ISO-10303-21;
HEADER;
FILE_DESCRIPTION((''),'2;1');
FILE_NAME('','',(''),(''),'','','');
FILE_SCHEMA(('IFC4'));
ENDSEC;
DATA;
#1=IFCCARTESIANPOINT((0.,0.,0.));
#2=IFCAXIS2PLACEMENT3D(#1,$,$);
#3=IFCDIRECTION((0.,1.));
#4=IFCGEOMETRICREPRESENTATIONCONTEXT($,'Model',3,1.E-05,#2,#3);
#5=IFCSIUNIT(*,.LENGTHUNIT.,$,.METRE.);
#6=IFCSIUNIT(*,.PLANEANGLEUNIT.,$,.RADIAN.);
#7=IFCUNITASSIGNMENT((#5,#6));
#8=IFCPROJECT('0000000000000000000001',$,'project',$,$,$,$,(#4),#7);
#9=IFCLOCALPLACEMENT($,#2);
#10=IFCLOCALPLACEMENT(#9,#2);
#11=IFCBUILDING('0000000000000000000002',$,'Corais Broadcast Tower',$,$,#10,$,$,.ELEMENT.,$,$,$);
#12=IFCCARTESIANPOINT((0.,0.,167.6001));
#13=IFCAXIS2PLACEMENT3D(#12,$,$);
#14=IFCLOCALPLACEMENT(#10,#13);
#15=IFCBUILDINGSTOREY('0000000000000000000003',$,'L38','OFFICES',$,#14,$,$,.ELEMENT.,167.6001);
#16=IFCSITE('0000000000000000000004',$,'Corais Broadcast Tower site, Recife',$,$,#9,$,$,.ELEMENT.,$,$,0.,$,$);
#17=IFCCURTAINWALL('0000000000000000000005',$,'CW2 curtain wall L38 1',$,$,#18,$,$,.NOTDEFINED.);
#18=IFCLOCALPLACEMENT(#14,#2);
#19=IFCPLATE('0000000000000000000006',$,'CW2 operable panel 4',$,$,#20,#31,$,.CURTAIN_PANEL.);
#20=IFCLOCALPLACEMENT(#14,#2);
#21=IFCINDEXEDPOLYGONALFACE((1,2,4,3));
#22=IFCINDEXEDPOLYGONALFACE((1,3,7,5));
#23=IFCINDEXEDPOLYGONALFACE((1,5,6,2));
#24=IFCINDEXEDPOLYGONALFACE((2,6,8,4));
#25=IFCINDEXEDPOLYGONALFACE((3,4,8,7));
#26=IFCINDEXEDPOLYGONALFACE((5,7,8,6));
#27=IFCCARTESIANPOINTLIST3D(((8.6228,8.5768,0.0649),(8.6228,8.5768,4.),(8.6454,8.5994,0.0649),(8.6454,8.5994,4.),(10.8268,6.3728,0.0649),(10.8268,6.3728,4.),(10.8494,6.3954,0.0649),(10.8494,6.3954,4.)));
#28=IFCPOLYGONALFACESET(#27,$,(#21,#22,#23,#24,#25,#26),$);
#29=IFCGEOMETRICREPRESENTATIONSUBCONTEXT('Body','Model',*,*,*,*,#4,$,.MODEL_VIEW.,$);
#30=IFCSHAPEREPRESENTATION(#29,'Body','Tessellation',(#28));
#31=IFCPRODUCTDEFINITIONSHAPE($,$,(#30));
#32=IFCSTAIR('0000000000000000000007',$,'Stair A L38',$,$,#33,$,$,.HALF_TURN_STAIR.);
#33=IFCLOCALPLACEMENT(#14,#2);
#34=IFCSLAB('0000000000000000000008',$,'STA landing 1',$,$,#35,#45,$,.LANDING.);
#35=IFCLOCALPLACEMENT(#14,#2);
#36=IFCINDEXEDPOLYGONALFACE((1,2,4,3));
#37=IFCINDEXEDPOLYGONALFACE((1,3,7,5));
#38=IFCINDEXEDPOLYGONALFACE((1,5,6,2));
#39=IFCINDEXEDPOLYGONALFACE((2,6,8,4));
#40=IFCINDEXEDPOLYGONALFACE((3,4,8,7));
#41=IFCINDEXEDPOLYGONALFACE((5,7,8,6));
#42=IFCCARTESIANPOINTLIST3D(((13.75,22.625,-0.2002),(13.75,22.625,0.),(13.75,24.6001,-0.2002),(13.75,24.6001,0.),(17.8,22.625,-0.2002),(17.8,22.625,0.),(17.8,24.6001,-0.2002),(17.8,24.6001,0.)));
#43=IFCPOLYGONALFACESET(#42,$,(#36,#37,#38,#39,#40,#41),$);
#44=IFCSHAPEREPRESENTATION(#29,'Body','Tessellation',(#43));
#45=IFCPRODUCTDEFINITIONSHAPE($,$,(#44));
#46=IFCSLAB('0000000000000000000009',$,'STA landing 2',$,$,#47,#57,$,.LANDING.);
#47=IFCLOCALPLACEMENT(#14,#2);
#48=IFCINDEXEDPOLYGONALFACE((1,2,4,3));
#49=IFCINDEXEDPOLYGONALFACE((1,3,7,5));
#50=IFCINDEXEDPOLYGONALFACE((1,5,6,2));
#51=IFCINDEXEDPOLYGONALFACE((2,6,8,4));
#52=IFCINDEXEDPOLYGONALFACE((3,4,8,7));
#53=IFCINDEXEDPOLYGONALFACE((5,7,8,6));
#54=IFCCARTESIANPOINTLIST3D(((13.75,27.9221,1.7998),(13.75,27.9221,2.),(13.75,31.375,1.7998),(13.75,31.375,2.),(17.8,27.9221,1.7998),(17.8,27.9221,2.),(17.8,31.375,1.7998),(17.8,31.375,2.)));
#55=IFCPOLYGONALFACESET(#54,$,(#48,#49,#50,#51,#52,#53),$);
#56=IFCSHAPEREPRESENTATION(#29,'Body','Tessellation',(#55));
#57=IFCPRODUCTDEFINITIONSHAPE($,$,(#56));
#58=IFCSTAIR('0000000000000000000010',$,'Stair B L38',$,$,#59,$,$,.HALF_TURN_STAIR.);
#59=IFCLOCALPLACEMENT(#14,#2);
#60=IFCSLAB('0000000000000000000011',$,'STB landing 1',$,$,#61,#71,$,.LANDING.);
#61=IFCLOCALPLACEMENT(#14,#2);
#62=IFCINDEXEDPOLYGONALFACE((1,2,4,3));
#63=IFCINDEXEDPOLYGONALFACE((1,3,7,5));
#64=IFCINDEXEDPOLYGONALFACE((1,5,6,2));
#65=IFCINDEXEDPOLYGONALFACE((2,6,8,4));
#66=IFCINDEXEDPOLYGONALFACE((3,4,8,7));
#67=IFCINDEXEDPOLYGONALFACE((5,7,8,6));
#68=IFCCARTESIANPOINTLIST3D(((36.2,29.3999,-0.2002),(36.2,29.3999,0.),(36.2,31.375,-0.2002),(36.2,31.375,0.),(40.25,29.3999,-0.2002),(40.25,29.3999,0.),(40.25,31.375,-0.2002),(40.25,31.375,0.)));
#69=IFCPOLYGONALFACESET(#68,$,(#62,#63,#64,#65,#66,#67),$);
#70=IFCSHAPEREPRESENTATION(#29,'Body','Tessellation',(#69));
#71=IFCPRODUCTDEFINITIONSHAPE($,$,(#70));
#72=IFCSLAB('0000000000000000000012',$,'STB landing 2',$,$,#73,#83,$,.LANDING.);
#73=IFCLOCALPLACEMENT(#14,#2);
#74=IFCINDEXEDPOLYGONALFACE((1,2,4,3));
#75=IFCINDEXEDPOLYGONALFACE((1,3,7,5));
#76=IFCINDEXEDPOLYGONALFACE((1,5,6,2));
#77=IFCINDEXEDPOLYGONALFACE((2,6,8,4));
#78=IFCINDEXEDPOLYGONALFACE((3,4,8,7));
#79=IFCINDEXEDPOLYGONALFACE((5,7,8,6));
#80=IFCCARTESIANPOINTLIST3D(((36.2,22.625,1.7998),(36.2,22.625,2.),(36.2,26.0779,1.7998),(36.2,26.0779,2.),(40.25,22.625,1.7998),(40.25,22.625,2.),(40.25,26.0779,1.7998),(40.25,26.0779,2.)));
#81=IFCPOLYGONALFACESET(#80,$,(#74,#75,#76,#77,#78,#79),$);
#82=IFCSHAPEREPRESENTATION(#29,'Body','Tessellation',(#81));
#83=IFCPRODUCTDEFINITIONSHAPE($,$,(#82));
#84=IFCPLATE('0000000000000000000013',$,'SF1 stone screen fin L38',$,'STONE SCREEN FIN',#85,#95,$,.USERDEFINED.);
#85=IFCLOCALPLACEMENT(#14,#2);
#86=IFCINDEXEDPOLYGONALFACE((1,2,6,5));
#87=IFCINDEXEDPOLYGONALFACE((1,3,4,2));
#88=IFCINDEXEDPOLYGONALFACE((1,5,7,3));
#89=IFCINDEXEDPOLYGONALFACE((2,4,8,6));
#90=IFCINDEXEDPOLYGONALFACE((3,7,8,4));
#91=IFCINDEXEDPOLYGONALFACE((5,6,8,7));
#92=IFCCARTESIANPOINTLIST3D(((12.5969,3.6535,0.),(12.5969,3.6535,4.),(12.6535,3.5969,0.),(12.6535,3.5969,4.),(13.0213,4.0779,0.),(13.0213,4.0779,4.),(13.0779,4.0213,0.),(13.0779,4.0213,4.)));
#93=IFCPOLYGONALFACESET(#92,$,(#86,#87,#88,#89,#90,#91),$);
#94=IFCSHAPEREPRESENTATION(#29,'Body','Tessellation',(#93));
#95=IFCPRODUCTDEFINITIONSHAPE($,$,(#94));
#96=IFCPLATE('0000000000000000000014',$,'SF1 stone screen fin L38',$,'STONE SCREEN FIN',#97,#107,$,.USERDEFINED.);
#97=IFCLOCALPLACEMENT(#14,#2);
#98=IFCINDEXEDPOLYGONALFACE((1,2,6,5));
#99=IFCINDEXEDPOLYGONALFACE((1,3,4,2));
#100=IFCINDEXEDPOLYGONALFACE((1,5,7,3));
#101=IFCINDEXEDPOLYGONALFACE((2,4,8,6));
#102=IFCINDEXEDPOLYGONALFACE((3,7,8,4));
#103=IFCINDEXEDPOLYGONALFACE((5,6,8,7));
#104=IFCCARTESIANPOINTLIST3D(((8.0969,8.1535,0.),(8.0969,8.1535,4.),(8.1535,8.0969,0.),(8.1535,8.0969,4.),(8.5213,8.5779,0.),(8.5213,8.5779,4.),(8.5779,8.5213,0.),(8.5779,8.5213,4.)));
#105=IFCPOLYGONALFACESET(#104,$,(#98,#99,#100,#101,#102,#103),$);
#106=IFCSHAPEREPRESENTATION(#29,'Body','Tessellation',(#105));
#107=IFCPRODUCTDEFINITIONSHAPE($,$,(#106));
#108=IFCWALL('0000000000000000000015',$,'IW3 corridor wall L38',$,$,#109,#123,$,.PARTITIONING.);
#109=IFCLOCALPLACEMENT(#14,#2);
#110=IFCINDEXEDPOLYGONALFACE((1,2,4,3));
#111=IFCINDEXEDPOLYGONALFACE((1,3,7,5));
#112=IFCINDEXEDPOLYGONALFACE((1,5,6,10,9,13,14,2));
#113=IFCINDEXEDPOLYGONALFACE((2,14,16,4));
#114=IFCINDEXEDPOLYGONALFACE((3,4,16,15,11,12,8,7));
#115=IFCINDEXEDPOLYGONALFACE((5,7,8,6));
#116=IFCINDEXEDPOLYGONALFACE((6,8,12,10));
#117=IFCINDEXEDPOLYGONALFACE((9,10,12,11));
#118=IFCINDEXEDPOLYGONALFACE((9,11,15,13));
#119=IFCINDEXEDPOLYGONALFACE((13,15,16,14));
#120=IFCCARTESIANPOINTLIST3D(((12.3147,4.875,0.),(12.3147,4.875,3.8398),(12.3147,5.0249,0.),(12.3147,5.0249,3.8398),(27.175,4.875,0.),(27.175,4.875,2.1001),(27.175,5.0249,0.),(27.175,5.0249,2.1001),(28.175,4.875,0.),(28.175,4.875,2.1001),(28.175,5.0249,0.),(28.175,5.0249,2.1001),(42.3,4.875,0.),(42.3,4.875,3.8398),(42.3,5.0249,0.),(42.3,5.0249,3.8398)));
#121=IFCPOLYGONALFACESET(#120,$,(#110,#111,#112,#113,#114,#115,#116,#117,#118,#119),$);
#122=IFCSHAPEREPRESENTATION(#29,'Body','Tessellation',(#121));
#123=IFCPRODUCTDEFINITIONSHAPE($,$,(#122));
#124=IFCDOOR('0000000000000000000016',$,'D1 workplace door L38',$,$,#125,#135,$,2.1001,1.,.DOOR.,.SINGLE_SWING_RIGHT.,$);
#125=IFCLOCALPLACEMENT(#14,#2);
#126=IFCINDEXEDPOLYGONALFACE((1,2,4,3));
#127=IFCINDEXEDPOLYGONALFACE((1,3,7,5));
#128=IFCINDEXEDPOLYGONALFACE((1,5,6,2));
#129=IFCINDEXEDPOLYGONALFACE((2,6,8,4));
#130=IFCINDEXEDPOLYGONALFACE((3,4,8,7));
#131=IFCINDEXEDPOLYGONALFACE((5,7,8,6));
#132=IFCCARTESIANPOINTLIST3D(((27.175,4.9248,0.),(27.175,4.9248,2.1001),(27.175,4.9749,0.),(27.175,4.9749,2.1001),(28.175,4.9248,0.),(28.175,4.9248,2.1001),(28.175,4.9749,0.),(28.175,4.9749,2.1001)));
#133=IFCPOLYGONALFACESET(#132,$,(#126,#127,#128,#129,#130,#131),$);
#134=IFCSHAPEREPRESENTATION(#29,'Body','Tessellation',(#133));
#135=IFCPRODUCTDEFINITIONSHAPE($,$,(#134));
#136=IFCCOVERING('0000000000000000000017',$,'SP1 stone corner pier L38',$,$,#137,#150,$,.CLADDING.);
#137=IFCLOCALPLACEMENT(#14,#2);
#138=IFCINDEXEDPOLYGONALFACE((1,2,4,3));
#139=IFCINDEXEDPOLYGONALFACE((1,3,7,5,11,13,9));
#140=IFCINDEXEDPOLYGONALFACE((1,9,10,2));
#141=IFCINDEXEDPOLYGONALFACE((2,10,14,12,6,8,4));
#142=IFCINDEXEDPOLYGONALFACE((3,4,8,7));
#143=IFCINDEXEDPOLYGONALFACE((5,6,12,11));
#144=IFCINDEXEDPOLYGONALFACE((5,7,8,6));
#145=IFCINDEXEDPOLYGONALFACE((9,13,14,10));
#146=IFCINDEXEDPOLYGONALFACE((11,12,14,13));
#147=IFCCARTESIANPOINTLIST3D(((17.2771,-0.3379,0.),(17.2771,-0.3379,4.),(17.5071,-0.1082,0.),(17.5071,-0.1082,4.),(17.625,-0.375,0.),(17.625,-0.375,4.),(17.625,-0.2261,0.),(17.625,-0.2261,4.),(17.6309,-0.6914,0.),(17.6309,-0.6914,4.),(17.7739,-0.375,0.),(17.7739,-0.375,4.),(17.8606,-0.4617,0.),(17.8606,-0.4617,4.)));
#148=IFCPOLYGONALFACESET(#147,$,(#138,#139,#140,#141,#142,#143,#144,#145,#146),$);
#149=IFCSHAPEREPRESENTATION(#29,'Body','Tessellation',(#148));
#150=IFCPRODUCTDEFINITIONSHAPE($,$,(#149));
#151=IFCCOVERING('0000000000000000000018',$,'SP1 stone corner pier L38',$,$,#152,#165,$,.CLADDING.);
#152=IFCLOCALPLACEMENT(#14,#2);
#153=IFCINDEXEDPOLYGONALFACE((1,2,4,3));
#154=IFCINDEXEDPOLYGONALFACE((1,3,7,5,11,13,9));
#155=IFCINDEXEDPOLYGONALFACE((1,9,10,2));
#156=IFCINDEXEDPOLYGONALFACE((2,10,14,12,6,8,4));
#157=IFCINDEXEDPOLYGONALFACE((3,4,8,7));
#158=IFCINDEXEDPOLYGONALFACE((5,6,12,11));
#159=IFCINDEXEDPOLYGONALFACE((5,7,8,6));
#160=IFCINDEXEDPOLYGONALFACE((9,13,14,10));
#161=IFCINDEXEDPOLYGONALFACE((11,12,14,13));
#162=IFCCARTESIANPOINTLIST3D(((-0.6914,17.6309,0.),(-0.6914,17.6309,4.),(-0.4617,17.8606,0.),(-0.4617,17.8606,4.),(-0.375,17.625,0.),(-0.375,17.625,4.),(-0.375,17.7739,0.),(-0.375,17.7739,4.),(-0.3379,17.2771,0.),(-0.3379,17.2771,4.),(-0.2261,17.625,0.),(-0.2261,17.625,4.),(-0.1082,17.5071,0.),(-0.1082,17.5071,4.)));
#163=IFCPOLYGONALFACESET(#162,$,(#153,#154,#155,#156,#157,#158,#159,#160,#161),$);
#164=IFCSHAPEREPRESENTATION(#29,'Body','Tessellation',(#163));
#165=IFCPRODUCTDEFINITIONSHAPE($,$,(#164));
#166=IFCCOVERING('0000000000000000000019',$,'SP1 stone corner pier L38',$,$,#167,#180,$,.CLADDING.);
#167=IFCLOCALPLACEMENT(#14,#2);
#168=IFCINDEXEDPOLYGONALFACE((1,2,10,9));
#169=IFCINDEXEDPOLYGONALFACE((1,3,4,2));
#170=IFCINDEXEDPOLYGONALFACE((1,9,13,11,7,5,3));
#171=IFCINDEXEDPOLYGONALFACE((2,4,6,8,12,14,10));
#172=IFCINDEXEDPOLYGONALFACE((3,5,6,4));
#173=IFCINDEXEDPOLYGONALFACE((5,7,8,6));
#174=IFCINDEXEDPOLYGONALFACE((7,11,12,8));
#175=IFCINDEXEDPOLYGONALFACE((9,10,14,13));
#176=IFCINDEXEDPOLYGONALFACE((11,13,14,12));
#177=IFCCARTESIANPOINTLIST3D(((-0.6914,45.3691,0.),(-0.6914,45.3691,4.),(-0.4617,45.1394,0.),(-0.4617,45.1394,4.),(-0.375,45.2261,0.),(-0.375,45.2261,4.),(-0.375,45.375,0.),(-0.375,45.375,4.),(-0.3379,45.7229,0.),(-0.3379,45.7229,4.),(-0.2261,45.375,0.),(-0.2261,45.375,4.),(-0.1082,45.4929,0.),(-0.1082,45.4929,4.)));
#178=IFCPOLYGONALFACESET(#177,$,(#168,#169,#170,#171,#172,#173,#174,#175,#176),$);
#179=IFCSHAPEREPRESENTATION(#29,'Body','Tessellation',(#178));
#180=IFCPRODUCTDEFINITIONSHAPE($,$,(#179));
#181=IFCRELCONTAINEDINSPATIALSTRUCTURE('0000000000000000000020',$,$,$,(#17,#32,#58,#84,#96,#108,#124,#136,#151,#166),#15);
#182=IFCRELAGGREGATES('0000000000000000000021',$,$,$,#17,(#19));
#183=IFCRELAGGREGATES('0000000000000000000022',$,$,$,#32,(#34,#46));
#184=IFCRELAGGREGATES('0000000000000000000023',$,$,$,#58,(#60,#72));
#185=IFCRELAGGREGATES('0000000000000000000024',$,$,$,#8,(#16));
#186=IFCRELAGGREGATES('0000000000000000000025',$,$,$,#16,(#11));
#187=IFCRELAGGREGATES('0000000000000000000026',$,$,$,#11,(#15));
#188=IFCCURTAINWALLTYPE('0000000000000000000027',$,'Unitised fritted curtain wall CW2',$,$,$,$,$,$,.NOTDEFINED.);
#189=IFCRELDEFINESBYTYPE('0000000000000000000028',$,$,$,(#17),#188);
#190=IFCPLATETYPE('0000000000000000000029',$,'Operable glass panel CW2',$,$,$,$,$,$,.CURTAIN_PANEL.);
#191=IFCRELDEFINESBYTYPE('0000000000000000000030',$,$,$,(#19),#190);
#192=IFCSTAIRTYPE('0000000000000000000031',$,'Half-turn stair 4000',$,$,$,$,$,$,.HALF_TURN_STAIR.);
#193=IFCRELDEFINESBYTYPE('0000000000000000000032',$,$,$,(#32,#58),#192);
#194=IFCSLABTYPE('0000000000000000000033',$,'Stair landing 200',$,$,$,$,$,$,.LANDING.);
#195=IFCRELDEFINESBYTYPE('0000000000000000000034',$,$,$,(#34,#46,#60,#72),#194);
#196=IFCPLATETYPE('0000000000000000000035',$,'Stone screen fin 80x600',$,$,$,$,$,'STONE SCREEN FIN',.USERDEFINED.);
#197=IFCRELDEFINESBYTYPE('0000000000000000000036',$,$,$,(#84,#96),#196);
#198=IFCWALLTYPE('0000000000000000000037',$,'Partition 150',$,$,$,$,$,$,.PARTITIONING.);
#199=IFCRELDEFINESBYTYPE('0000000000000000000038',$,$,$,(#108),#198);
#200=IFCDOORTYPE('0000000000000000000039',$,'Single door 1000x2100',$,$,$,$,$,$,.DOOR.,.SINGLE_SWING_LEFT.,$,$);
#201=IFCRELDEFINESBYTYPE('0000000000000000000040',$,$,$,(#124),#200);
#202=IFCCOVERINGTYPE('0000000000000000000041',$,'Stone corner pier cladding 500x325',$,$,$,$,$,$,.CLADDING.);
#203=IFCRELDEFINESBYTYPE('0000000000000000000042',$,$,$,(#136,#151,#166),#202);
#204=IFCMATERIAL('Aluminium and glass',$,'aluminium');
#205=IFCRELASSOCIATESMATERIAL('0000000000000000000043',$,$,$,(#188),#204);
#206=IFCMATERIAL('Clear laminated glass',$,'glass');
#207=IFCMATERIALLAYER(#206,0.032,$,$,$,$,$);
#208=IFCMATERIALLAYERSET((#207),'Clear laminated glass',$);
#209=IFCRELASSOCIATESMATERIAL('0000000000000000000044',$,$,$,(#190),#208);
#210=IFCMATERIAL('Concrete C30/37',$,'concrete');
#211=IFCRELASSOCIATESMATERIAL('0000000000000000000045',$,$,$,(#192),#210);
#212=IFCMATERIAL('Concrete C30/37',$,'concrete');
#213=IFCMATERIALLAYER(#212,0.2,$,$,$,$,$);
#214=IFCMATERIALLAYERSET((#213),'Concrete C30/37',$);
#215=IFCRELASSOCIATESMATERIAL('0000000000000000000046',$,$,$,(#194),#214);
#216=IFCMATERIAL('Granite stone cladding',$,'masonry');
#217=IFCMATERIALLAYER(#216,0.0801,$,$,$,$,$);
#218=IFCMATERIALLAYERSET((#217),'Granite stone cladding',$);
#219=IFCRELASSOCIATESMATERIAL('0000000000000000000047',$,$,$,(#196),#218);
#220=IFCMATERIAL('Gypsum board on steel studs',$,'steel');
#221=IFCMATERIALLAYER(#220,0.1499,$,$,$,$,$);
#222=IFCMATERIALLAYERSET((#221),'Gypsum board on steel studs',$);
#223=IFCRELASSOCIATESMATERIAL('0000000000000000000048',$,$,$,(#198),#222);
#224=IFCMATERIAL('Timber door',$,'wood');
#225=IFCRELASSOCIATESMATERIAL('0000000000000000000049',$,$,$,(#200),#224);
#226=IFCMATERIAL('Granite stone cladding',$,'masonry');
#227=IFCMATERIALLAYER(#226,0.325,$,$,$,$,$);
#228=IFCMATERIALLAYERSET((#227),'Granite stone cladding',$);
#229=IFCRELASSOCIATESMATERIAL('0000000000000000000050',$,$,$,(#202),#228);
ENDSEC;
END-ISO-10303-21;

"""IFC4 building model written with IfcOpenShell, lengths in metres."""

from ifc_helpers import new_model, si_unit, direction, frame, frame_2d, origin, origin_2d, place, context, subcontext, project, spatial, polyline, rectangle, outline, extrude, material, layer, layer_set, type_object, element, fill, aggregate, save


model = new_model("IFC4")

# Units and contexts
model_context = context("Model", 3, precision=1e-05, world=origin(), true_north=direction((0.0, 1.0)))
body_context = subcontext(model_context, "Body", "Model", "MODEL_VIEW")
ifc_project = project(units=[si_unit("LENGTHUNIT", "METRE"), si_unit("PLANEANGLEUNIT", "RADIAN")], contexts=[model_context])

# Site, building, storey
site_placement = place(None, origin())
site = spatial("IfcSite", under=ifc_project, at=site_placement, Name="Corais Broadcast Tower site, Recife", CompositionType="ELEMENT", RefElevation=0.0)
building_placement = place(site_placement, origin())
building = spatial("IfcBuilding", under=site, at=building_placement, Name="Corais Broadcast Tower", CompositionType="ELEMENT")
storey_placement = place(building_placement, frame((0.0, 0.0, 167.6001)))
storey = spatial("IfcBuildingStorey", under=building, at=storey_placement, Name="L38", Description="OFFICES", CompositionType="ELEMENT", Elevation=167.6001)

# Curtain wall
ifc_material_1 = material(Name="Aluminium and glass", Category="aluminium")
curtain_wall_type = type_object("IfcCurtainWallType", Name="Unitised fritted curtain wall CW2", PredefinedType="NOTDEFINED", material=ifc_material_1)
curtain_wall_placement = place(storey_placement, origin())
curtain_wall = element("IfcCurtainWall", 1, at=curtain_wall_placement, inside=storey, type_object=curtain_wall_type, Name="CW2 curtain wall L38 1", PredefinedType="NOTDEFINED")

# Plate
ifc_material_2 = material(Name="Clear laminated glass", Category="glass")
ifc_layer_1 = layer(ifc_material_2, 0.032)
ifc_layer_set_1 = layer_set([ifc_layer_1], Name="Clear laminated glass")
plate_type_1 = type_object("IfcPlateType", Name="Operable glass panel CW2", PredefinedType="CURTAIN_PANEL", material=ifc_layer_set_1)
plate_1_placement = place(storey_placement, frame((9.7361, 7.4861, 0.0649), z_axis=(0.0, 0.0, 1.0), x_axis=(-0.707107, 0.707107, 0.0)))
plate_1 = element("IfcPlate", 2, at=plate_1_placement, type_object=plate_type_1, Name="CW2 operable panel 4", PredefinedType="CURTAIN_PANEL", context=body_context, shape_type="SweptSolid", body=[
    extrude(rectangle(XDim=3.1169, YDim=0.032, at=origin_2d()), origin(), (0.0, 0.0, 1.0), 3.9351),
])
aggregate(curtain_wall, [plate_1])

# Stairs, slabs
ifc_material_3 = material(Name="Concrete C30/37", Category="concrete")
stair_type = type_object("IfcStairType", Name="Half-turn stair 4000", PredefinedType="HALF_TURN_STAIR", material=ifc_material_3)
stair_1_placement = place(storey_placement, origin())
stair_1 = element("IfcStair", 3, at=stair_1_placement, inside=storey, type_object=stair_type, Name="Stair A L38", PredefinedType="HALF_TURN_STAIR")
ifc_material_4 = material(Name="Concrete C30/37", Category="concrete")
ifc_layer_2 = layer(ifc_material_4, 0.2)
ifc_layer_set_2 = layer_set([ifc_layer_2], Name="Concrete C30/37")
slab_type_1 = type_object("IfcSlabType", Name="Stair landing 200", PredefinedType="LANDING", material=ifc_layer_set_2)
slab_1_placement = place(storey_placement, frame((0.0, 0.0, -0.2002)))
slab_1 = element("IfcSlab", 4, at=slab_1_placement, type_object=slab_type_1, Name="STA landing 1", PredefinedType="LANDING", context=body_context, shape_type="SweptSolid", body=[
    extrude(outline(polyline([(13.75, 22.625), (17.8, 22.625), (17.8, 24.6001), (13.75, 24.6001), (13.75, 22.625)])), origin(), (0.0, 0.0, 1.0), 0.2002),
])
slab_2_placement = place(storey_placement, frame((0.0, 0.0, 1.7998)))
slab_2 = element("IfcSlab", 5, at=slab_2_placement, type_object=slab_type_1, Name="STA landing 2", PredefinedType="LANDING", context=body_context, shape_type="SweptSolid", body=[
    extrude(outline(polyline([(13.75, 27.9221), (17.8, 27.9221), (17.8, 31.375), (13.75, 31.375), (13.75, 27.9221)])), origin(), (0.0, 0.0, 1.0), 0.2002),
])
aggregate(stair_1, [slab_1, slab_2])
stair_2_placement = place(storey_placement, origin())
stair_2 = element("IfcStair", 6, at=stair_2_placement, inside=storey, type_object=stair_type, Name="Stair B L38", PredefinedType="HALF_TURN_STAIR")
slab_3_placement = place(storey_placement, frame((0.0, 0.0, -0.2002)))
slab_3 = element("IfcSlab", 7, at=slab_3_placement, type_object=slab_type_1, Name="STB landing 1", PredefinedType="LANDING", context=body_context, shape_type="SweptSolid", body=[
    extrude(outline(polyline([(36.2, 29.3999), (40.25, 29.3999), (40.25, 31.375), (36.2, 31.375), (36.2, 29.3999)])), origin(), (0.0, 0.0, 1.0), 0.2002),
])
slab_4_placement = place(storey_placement, frame((0.0, 0.0, 1.7998)))
slab_4 = element("IfcSlab", 8, at=slab_4_placement, type_object=slab_type_1, Name="STB landing 2", PredefinedType="LANDING", context=body_context, shape_type="SweptSolid", body=[
    extrude(outline(polyline([(36.2, 22.625), (40.25, 22.625), (40.25, 26.0779), (36.2, 26.0779), (36.2, 22.625)])), origin(), (0.0, 0.0, 1.0), 0.2002),
])
aggregate(stair_2, [slab_3, slab_4])

# Plates
ifc_material_5 = material(Name="Granite stone cladding", Category="masonry")
ifc_layer_3 = layer(ifc_material_5, 0.0801)
ifc_layer_set_3 = layer_set([ifc_layer_3], Name="Granite stone cladding")
plate_type_2 = type_object("IfcPlateType", Name="Stone screen fin 80x600", ElementType="STONE SCREEN FIN", PredefinedType="USERDEFINED", material=ifc_layer_set_3)
for number, where, z_axis, x_axis, name in (
    (9, (12.8374, 3.8374, 0.0), (0.0, 0.0, 1.0), (-0.707107, 0.707107, 0.0), "SF1 stone screen fin L38"),
    (10, (8.3374, 8.3374, 0.0), (0.0, 0.0, 1.0), (-0.707107, 0.707107, 0.0), "SF1 stone screen fin L38"),
):
    element("IfcPlate", number, at=place(storey_placement, frame(where, z_axis=z_axis, x_axis=x_axis)), inside=storey, type_object=plate_type_2, Name=name, ObjectType="STONE SCREEN FIN", PredefinedType="USERDEFINED", context=body_context, shape_type="SweptSolid", body=[
        extrude(rectangle(XDim=0.0801, YDim=0.6001, at=origin_2d()), origin(), (0.0, 0.0, 1.0), 4.0),
    ])

# Wall, opening, door
ifc_material_6 = material(Name="Gypsum board on steel studs", Category="steel")
ifc_layer_4 = layer(ifc_material_6, 0.1499)
ifc_layer_set_4 = layer_set([ifc_layer_4], Name="Gypsum board on steel studs")
wall_type = type_object("IfcWallType", Name="Partition 150", PredefinedType="PARTITIONING", material=ifc_layer_set_4)
wall_placement = place(storey_placement, frame((12.3147, 4.95, 0.0), z_axis=(0.0, 0.0, 1.0), x_axis=(1.0, 0.0, 0.0)))
wall = element("IfcWall", 11, at=wall_placement, inside=storey, type_object=wall_type, Name="IW3 corridor wall L38", PredefinedType="PARTITIONING", context=body_context, shape_type="SweptSolid", body=[
    extrude(rectangle(XDim=29.9854, YDim=0.1499, at=frame_2d((14.9927, 0.0))), origin(), (0.0, 0.0, 1.0), 3.8398),
])
opening_placement = place(wall_placement, frame((14.8604, 0.0, 0.0)))
opening = element("IfcOpeningElement", 12, at=opening_placement, cuts=wall, PredefinedType="OPENING", context=body_context, shape_type="SweptSolid", body=[
    extrude(rectangle(XDim=1.0, YDim=2.1001, at=frame_2d((0.5, 1.05))), frame((0.0, 0.085, 0.0), z_axis=(0.0, -1.0, 0.0), x_axis=(1.0, 0.0, 0.0)), (0.0, 0.0, 1.0), 0.1699),
])
ifc_material_7 = material(Name="Timber door", Category="wood")
door_type = type_object("IfcDoorType", Name="Single door 1000x2100", OperationType="SINGLE_SWING_LEFT", PredefinedType="DOOR", material=ifc_material_7)
door_placement = place(opening_placement, origin())
door = element("IfcDoor", 13, at=door_placement, inside=storey, type_object=door_type, Name="D1 workplace door L38", OperationType="SINGLE_SWING_RIGHT", OverallHeight=2.1001, OverallWidth=1.0, PredefinedType="DOOR", context=body_context, shape_type="SweptSolid", body=[
    extrude(rectangle(XDim=1.0, YDim=2.1001, at=frame_2d((0.5, 1.05))), frame((0.0, 0.0249, 0.0), z_axis=(0.0, -1.0, 0.0), x_axis=(1.0, 0.0, 0.0)), (0.0, 0.0, 1.0), 0.05),
])
fill(opening, door)

# Coverings
ifc_material_8 = material(Name="Granite stone cladding", Category="masonry")
ifc_layer_5 = layer(ifc_material_8, 0.325)
ifc_layer_set_5 = layer_set([ifc_layer_5], Name="Granite stone cladding")
covering_type_1 = type_object("IfcCoveringType", Name="Stone corner pier cladding 500x325", PredefinedType="CLADDING", material=ifc_layer_set_5)
covering_1_placement = place(storey_placement, origin())
element("IfcCovering", 14, at=covering_1_placement, inside=storey, type_object=covering_type_1, Name="SP1 stone corner pier L38", PredefinedType="CLADDING", context=body_context, shape_type="SweptSolid", body=[
    extrude(outline(polyline([(17.8606, -0.4617), (17.7739, -0.375), (17.625, -0.375), (17.625, -0.2261), (17.5071, -0.1082), (17.2771, -0.3379), (17.6309, -0.6914), (17.8606, -0.4617)])), origin(), (0.0, 0.0, 1.0), 4.0),
])
covering_2_placement = place(storey_placement, origin())
element("IfcCovering", 15, at=covering_2_placement, inside=storey, type_object=covering_type_1, Name="SP1 stone corner pier L38", PredefinedType="CLADDING", context=body_context, shape_type="SweptSolid", body=[
    extrude(outline(polyline([(-0.375, 17.7739), (-0.4617, 17.8606), (-0.6914, 17.6309), (-0.3379, 17.2771), (-0.1082, 17.5071), (-0.2261, 17.625), (-0.375, 17.625), (-0.375, 17.7739)])), origin(), (0.0, 0.0, 1.0), 4.0),
])
covering_3_placement = place(storey_placement, origin())
element("IfcCovering", 16, at=covering_3_placement, inside=storey, type_object=covering_type_1, Name="SP1 stone corner pier L38", PredefinedType="CLADDING", context=body_context, shape_type="SweptSolid", body=[
    extrude(outline(polyline([(-0.4617, 45.1394), (-0.375, 45.2261), (-0.375, 45.375), (-0.2261, 45.375), (-0.1082, 45.4929), (-0.3379, 45.7229), (-0.6914, 45.3691), (-0.4617, 45.1394)])), origin(), (0.0, 0.0, 1.0), 4.0),
])

save(model, "model.ifc")
